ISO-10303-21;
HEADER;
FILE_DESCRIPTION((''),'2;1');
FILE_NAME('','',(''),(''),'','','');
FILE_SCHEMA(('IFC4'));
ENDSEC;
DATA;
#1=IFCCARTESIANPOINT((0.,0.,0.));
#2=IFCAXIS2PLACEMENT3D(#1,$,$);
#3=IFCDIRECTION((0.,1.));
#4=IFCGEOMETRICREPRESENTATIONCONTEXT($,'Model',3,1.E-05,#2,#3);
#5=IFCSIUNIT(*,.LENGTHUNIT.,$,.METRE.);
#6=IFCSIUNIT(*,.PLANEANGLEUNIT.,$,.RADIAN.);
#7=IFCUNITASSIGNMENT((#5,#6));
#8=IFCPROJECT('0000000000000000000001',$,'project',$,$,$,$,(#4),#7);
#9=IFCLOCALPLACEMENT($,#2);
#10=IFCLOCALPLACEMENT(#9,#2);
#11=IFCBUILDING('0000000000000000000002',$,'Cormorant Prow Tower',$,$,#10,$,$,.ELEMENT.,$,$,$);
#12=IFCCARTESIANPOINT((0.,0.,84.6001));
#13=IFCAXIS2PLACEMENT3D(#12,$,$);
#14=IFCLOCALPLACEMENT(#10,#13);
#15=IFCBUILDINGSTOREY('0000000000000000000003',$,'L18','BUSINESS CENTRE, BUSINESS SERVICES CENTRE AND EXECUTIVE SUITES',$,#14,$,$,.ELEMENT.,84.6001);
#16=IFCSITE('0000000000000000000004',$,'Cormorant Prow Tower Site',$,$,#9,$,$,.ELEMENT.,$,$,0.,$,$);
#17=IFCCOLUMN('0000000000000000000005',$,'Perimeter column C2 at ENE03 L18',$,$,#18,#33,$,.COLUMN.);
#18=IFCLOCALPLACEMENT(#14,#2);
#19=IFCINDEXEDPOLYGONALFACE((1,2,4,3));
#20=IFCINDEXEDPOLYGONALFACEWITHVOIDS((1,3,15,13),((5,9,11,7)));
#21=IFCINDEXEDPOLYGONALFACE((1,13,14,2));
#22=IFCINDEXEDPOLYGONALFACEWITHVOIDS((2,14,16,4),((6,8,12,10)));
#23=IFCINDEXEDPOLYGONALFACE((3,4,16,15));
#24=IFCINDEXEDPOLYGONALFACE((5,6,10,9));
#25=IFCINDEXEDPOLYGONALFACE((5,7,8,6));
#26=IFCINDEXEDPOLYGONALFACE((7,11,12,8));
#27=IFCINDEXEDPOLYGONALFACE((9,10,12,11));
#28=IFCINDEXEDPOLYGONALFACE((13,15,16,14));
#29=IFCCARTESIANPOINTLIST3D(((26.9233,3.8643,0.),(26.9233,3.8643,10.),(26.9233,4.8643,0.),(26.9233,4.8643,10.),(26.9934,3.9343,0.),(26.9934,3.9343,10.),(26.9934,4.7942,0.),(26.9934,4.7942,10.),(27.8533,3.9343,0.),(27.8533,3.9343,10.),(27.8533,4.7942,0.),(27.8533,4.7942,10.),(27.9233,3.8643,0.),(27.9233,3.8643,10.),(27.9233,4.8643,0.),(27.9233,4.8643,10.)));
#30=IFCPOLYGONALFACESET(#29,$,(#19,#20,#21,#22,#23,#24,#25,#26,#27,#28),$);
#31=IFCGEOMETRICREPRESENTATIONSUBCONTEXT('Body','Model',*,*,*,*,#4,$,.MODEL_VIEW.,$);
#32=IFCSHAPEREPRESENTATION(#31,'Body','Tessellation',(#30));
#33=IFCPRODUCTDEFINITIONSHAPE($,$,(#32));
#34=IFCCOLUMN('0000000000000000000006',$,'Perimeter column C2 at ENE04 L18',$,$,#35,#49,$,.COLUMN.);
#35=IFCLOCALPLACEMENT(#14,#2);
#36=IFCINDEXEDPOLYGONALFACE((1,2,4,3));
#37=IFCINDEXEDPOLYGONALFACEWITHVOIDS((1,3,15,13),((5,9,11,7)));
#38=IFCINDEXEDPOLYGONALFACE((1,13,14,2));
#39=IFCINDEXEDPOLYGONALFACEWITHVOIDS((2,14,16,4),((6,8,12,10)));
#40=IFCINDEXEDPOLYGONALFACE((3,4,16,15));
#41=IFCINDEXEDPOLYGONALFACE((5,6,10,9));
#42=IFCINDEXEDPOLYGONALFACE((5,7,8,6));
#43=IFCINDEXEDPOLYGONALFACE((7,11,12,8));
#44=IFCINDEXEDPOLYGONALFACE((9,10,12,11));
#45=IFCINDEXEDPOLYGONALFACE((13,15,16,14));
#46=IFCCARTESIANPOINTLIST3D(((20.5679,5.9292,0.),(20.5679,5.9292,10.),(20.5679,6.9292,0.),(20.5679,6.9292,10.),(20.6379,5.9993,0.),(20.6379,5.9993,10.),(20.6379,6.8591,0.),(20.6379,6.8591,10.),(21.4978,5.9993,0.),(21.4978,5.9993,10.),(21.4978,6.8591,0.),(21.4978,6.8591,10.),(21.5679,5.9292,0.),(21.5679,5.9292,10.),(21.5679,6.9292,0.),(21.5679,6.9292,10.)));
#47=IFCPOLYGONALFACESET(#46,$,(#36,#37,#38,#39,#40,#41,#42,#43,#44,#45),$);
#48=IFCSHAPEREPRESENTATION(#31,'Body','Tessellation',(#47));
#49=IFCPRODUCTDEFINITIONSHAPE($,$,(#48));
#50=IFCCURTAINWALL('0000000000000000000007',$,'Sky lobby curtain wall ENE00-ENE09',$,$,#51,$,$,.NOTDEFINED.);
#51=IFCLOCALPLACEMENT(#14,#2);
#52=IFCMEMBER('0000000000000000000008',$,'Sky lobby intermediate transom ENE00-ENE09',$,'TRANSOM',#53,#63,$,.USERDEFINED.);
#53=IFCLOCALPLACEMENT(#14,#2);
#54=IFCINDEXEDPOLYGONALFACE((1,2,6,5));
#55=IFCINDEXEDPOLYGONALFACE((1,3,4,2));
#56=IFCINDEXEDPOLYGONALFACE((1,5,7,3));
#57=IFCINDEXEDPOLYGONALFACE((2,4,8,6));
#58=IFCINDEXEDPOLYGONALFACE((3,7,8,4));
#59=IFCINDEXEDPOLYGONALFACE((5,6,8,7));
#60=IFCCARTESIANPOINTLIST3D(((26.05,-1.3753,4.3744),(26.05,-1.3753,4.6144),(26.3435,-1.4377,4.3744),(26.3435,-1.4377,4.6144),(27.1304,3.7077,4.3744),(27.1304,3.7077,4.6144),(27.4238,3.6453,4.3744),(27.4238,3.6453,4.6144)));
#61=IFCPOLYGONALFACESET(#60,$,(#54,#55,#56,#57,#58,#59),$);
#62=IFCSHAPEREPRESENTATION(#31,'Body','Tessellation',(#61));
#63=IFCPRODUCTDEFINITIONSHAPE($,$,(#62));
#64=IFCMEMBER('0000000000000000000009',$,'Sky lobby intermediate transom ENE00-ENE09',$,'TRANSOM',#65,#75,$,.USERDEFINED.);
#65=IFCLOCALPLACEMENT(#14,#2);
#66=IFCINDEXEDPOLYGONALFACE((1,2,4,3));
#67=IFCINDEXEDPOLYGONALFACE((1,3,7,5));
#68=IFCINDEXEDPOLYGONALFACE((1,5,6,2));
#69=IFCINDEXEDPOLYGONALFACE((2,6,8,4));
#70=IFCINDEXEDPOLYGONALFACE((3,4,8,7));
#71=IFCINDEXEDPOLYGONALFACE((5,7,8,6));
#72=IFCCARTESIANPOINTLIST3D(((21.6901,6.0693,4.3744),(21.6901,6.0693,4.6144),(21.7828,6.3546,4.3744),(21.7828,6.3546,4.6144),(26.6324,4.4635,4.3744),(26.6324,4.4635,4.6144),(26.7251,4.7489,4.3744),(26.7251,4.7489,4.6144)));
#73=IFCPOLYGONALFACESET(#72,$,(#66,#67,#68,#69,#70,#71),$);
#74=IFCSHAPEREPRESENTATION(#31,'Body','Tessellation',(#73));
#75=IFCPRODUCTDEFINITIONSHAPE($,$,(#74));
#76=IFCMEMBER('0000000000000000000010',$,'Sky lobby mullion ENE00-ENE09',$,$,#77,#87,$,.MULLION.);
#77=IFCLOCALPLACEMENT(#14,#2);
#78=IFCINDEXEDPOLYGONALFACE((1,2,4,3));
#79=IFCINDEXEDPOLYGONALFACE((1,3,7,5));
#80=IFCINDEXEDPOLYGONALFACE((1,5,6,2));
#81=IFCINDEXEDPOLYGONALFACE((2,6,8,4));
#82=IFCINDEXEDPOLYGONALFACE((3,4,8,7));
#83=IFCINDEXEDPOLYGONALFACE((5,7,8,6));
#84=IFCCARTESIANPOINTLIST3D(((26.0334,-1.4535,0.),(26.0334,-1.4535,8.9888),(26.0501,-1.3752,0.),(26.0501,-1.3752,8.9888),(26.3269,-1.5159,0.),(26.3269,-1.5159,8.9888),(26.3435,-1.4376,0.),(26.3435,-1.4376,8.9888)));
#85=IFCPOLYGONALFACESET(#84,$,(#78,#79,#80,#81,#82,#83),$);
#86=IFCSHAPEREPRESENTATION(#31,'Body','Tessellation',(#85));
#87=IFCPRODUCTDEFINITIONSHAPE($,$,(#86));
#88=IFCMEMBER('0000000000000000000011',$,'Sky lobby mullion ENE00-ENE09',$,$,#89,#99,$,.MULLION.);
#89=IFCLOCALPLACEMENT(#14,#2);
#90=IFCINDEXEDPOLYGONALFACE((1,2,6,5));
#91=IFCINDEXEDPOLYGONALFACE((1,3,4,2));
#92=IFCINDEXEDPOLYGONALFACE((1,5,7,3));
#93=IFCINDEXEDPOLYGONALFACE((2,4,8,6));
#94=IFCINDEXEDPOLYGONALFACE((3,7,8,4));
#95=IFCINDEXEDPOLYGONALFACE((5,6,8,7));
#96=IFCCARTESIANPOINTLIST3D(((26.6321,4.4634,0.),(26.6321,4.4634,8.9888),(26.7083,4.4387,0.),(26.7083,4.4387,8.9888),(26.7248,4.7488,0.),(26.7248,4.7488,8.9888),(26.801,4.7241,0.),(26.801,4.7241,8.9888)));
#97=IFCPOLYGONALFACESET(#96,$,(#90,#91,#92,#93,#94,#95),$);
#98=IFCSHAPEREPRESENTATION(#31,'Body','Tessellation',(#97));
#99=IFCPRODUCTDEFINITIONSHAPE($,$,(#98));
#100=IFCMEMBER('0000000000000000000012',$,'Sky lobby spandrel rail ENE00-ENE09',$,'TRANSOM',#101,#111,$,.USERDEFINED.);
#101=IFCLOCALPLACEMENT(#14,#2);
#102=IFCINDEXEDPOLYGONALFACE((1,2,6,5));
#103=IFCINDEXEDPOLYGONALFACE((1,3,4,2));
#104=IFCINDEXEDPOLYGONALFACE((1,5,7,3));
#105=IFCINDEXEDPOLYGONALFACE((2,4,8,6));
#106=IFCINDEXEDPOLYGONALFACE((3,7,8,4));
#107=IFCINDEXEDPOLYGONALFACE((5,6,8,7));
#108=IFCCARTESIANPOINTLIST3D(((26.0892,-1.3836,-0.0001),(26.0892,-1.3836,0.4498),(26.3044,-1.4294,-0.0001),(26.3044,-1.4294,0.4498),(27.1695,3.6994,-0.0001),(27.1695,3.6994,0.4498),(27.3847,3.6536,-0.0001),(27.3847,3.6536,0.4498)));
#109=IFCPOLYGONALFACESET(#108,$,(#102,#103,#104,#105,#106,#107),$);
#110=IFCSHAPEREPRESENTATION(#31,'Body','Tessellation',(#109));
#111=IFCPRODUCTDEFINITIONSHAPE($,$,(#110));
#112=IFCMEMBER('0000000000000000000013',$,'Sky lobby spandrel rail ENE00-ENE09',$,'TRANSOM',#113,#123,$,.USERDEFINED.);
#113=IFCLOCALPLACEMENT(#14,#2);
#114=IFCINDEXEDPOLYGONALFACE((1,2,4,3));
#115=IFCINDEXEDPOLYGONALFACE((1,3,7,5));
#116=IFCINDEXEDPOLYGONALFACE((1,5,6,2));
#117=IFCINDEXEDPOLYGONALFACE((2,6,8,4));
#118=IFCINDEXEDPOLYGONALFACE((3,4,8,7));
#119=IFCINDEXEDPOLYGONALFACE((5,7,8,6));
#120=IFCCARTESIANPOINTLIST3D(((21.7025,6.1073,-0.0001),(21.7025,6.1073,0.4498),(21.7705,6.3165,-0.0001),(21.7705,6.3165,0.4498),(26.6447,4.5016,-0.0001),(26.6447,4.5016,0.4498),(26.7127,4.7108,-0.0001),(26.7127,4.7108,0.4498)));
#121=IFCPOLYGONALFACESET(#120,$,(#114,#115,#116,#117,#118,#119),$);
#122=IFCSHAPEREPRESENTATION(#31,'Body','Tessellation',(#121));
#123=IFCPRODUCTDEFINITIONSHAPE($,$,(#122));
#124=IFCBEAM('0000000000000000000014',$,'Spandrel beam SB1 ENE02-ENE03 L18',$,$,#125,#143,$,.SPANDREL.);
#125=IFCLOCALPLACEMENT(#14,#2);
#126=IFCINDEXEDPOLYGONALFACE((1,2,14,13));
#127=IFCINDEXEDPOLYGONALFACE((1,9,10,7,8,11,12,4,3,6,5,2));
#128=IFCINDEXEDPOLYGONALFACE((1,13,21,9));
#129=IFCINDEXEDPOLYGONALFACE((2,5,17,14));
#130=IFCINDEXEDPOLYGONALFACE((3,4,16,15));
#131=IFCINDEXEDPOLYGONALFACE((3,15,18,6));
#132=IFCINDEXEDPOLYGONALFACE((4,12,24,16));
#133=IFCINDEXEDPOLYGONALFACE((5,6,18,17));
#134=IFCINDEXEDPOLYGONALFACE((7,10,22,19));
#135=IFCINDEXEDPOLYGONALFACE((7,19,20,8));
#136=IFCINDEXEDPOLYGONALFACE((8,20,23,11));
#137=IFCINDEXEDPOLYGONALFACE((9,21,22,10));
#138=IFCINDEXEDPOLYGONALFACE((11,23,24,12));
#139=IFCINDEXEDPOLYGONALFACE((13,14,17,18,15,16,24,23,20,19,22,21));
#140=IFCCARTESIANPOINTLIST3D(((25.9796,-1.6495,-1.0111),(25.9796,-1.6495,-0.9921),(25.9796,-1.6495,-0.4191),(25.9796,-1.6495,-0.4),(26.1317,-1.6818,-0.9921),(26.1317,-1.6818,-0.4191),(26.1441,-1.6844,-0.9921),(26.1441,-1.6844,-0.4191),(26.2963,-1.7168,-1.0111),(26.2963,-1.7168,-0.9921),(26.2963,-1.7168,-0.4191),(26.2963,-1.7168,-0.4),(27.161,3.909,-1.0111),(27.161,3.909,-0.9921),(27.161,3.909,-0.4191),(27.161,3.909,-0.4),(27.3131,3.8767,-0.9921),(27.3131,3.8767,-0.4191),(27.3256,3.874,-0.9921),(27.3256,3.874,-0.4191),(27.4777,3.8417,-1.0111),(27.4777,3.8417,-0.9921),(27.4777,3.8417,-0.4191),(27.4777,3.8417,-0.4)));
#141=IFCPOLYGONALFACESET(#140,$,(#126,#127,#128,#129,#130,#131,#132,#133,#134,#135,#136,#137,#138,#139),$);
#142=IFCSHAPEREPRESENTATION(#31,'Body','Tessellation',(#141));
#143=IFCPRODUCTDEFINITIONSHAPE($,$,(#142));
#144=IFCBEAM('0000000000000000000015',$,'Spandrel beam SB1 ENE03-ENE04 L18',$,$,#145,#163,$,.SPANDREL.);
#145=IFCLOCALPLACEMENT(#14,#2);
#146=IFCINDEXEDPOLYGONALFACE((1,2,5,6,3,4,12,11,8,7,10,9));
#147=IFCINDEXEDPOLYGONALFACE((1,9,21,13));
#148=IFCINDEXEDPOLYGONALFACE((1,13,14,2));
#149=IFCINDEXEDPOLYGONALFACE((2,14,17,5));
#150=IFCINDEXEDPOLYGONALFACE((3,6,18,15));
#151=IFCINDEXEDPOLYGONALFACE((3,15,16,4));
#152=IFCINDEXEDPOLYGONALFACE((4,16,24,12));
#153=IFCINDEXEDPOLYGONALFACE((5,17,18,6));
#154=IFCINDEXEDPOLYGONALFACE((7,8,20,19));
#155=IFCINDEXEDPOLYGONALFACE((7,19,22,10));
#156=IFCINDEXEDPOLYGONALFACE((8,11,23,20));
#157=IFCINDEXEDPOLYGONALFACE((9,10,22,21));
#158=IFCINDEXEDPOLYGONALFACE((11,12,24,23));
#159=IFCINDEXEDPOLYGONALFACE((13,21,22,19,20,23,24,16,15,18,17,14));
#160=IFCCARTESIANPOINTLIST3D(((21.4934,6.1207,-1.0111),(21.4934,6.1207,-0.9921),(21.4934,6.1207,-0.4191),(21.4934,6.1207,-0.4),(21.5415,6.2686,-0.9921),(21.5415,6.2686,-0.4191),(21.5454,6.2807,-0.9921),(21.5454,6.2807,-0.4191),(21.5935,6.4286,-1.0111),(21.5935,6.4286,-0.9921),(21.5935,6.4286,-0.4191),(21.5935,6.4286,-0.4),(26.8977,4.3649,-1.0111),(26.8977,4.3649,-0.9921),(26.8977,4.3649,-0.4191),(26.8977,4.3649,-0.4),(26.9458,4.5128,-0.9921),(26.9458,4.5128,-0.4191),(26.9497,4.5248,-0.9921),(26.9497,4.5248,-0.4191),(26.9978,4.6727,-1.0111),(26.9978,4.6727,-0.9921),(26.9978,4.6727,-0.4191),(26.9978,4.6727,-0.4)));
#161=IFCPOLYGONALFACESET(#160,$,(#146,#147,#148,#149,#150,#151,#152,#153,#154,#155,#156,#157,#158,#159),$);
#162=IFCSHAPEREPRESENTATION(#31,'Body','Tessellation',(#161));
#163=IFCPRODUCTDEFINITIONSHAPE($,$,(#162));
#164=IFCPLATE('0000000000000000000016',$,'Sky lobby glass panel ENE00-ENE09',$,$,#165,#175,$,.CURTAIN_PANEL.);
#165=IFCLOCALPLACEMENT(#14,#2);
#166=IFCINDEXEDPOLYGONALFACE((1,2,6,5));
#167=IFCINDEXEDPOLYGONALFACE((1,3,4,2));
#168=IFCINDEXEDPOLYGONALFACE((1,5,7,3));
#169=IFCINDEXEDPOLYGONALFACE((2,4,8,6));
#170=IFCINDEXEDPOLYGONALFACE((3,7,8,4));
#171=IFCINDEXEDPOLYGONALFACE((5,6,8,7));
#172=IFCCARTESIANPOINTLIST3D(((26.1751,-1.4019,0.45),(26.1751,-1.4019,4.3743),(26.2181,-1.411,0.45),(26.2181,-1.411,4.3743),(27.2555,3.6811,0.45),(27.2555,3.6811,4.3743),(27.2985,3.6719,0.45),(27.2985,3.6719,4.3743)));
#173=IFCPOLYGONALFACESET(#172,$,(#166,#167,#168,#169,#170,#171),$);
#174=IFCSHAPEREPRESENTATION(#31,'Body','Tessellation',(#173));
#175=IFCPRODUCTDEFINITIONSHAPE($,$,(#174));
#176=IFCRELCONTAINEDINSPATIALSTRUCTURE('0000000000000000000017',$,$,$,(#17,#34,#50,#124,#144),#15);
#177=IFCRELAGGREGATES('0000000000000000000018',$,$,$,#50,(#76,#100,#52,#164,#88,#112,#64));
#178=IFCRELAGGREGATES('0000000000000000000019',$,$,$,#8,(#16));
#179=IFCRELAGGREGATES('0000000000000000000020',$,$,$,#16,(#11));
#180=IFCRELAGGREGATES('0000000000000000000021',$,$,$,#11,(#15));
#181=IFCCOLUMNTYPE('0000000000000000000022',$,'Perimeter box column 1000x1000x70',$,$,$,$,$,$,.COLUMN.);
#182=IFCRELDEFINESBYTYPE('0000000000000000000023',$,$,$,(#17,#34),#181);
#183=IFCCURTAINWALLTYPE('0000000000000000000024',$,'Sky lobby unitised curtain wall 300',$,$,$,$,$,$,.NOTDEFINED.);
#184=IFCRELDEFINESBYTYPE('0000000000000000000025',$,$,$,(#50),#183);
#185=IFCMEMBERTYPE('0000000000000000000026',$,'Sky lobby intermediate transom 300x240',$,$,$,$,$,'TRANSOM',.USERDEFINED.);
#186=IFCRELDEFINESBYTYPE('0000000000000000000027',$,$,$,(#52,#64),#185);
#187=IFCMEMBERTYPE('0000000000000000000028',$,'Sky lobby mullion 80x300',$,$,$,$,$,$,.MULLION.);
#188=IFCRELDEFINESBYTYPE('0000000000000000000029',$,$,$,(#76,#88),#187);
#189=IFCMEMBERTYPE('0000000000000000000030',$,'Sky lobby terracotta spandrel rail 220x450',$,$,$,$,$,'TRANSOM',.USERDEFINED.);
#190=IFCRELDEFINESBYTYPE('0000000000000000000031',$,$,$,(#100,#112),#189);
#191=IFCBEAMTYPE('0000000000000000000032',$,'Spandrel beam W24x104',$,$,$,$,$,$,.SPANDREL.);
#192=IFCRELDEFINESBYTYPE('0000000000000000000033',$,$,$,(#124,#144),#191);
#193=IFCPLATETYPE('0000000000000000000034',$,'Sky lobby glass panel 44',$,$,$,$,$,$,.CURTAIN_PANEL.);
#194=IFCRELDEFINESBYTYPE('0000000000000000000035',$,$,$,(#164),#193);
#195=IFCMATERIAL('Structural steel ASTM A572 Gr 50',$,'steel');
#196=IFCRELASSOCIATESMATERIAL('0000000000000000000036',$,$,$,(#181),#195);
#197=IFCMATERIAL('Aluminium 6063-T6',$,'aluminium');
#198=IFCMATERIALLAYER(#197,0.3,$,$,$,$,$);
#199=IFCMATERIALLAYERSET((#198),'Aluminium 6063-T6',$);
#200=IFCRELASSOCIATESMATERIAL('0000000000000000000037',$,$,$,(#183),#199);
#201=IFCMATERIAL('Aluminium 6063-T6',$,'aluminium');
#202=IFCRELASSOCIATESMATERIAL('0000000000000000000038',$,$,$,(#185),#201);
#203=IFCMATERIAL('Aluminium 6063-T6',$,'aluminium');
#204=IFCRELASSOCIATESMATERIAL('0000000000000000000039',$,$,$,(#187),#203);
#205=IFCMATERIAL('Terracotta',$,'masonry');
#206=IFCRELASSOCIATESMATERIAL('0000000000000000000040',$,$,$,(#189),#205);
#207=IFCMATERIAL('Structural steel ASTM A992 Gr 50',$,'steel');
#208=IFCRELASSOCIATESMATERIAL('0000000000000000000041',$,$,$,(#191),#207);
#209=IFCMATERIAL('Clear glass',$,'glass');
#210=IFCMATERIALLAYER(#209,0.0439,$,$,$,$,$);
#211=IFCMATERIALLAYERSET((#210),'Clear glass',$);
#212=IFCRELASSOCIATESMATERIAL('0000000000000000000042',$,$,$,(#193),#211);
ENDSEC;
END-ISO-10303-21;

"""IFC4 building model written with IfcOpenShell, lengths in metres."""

from ifc_helpers import new_model, si_unit, direction, frame, origin, origin_2d, place, context, subcontext, project, spatial, rectangle, hollow_rectangle, i_section, extrude, material, layer, layer_set, material_profile, profile_set, type_object, element, aggregate, save


model = new_model("IFC4")

# Units and contexts
model_context = context("Model", 3, precision=1e-05, world=origin(), true_north=direction((0.0, 1.0)))
body_context = subcontext(model_context, "Body", "Model", "MODEL_VIEW")
ifc_project = project(units=[si_unit("LENGTHUNIT", "METRE"), si_unit("PLANEANGLEUNIT", "RADIAN")], contexts=[model_context])

# Site, building, storey
site_placement = place(None, origin())
site = spatial("IfcSite", under=ifc_project, at=site_placement, Name="Cormorant Prow Tower Site", CompositionType="ELEMENT", RefElevation=0.0)
building_placement = place(site_placement, origin())
building = spatial("IfcBuilding", under=site, at=building_placement, Name="Cormorant Prow Tower", CompositionType="ELEMENT")
storey_placement = place(building_placement, frame((0.0, 0.0, 84.6001)))
storey = spatial("IfcBuildingStorey", under=building, at=storey_placement, Name="L18", Description="BUSINESS CENTRE, BUSINESS SERVICES CENTRE AND EXECUTIVE SUITES", CompositionType="ELEMENT", Elevation=84.6001)

# Columns
ifc_material_1 = material(Name="Structural steel ASTM A572 Gr 50", Category="steel")
ifc_material_profile_1 = material_profile(ifc_material_1, hollow_rectangle(XDim=1.0, YDim=1.0, WallThickness=0.0701, at=origin_2d()), Name="Box 1000x1000x70")
ifc_profile_set_1 = profile_set([ifc_material_profile_1], Name="Structural steel ASTM A572 Gr 50")
column_type = type_object("IfcColumnType", Name="Perimeter box column 1000x1000x70", PredefinedType="COLUMN", material=ifc_profile_set_1)
for number, where, z_axis, x_axis, name in (
    (1, (27.4233, 4.3643, 0.0), (0.0, 0.0, 1.0), (1.0, 0.0, 0.0), "Perimeter column C2 at ENE03 L18"),
    (2, (21.0679, 6.4292, 0.0), (0.0, 0.0, 1.0), (1.0, 0.0, 0.0), "Perimeter column C2 at ENE04 L18"),
):
    element("IfcColumn", number, at=place(storey_placement, frame(where, z_axis=z_axis, x_axis=x_axis)), inside=storey, type_object=column_type, Name=name, PredefinedType="COLUMN", context=body_context, shape_type="SweptSolid", body=[
        extrude(hollow_rectangle(XDim=1.0, YDim=1.0, WallThickness=0.0701, at=origin_2d()), origin(), (0.0, 0.0, 1.0), 10.0),
    ])

# Curtain wall, members
ifc_material_2 = material(Name="Aluminium 6063-T6", Category="aluminium")
ifc_layer_1 = layer(ifc_material_2, 0.3)
ifc_layer_set_1 = layer_set([ifc_layer_1], Name="Aluminium 6063-T6")
curtain_wall_type = type_object("IfcCurtainWallType", Name="Sky lobby unitised curtain wall 300", PredefinedType="NOTDEFINED", material=ifc_layer_set_1)
curtain_wall_placement = place(storey_placement, origin())
curtain_wall = element("IfcCurtainWall", 3, at=curtain_wall_placement, inside=storey, type_object=curtain_wall_type, Name="Sky lobby curtain wall ENE00-ENE09", PredefinedType="NOTDEFINED")
ifc_material_3 = material(Name="Aluminium 6063-T6", Category="aluminium")
ifc_material_profile_2 = material_profile(ifc_material_3, rectangle(XDim=0.3, YDim=0.24, at=origin_2d()), Name="Sky lobby intermediate transom 300x240")
ifc_profile_set_2 = profile_set([ifc_material_profile_2], Name="Aluminium 6063-T6")
member_type_1 = type_object("IfcMemberType", Name="Sky lobby intermediate transom 300x240", ElementType="TRANSOM", PredefinedType="USERDEFINED", material=ifc_profile_set_2)
member_1_placement = place(storey_placement, frame((26.1968, -1.4065, 4.4944), z_axis=(0.207892, 0.978152, 0.0), x_axis=(-0.978152, 0.207892, 0.0)))
member_1 = element("IfcMember", 4, at=member_1_placement, type_object=member_type_1, Name="Sky lobby intermediate transom ENE00-ENE09", ObjectType="TRANSOM", PredefinedType="USERDEFINED", context=body_context, shape_type="SweptSolid", body=[
    extrude(rectangle(XDim=0.3, YDim=0.24, at=origin_2d()), origin(), (0.0, 0.0, 1.0), 5.1965),
])
member_2_placement = place(storey_placement, frame((26.6787, 4.6062, 4.4944), z_axis=(-0.951061, 0.309002, 0.0), x_axis=(-0.309002, -0.951061, 0.0)))
member_2 = element("IfcMember", 5, at=member_2_placement, type_object=member_type_1, Name="Sky lobby intermediate transom ENE00-ENE09", ObjectType="TRANSOM", PredefinedType="USERDEFINED", context=body_context, shape_type="SweptSolid", body=[
    extrude(rectangle(XDim=0.3, YDim=0.24, at=origin_2d()), origin(), (0.0, 0.0, 1.0), 5.1965),
])
ifc_material_4 = material(Name="Aluminium 6063-T6", Category="aluminium")
ifc_material_profile_3 = material_profile(ifc_material_4, rectangle(XDim=0.3, YDim=0.0801, at=origin_2d()), Name="Sky lobby mullion 80x300")
ifc_profile_set_3 = profile_set([ifc_material_profile_3], Name="Aluminium 6063-T6")
member_type_2 = type_object("IfcMemberType", Name="Sky lobby mullion 80x300", PredefinedType="MULLION", material=ifc_profile_set_3)
member_3_placement = place(storey_placement, frame((26.1885, -1.4456, 0.0), z_axis=(0.0, 0.0, 1.0), x_axis=(-0.978148, 0.207912, 0.0)))
member_3 = element("IfcMember", 6, at=member_3_placement, type_object=member_type_2, Name="Sky lobby mullion ENE00-ENE09", PredefinedType="MULLION", context=body_context, shape_type="SweptSolid", body=[
    extrude(rectangle(XDim=0.3, YDim=0.0801, at=origin_2d()), origin(), (0.0, 0.0, 1.0), 8.9888),
])
member_4_placement = place(storey_placement, frame((26.7166, 4.5938, 0.0), z_axis=(0.0, 0.0, 1.0), x_axis=(-0.309017, -0.951057, 0.0)))
member_4 = element("IfcMember", 7, at=member_4_placement, type_object=member_type_2, Name="Sky lobby mullion ENE00-ENE09", PredefinedType="MULLION", context=body_context, shape_type="SweptSolid", body=[
    extrude(rectangle(XDim=0.3, YDim=0.0801, at=origin_2d()), origin(), (0.0, 0.0, 1.0), 8.9888),
])
ifc_material_5 = material(Name="Terracotta", Category="masonry")
ifc_material_profile_4 = material_profile(ifc_material_5, rectangle(XDim=0.22, YDim=0.45, at=origin_2d()), Name="Sky lobby terracotta spandrel rail 220x450")
ifc_profile_set_4 = profile_set([ifc_material_profile_4], Name="Terracotta")
member_type_3 = type_object("IfcMemberType", Name="Sky lobby terracotta spandrel rail 220x450", ElementType="TRANSOM", PredefinedType="USERDEFINED", material=ifc_profile_set_4)
member_5_placement = place(storey_placement, frame((26.1968, -1.4065, 0.2249), z_axis=(0.207892, 0.978152, 0.0), x_axis=(-0.978152, 0.207892, 0.0)))
member_5 = element("IfcMember", 8, at=member_5_placement, type_object=member_type_3, Name="Sky lobby spandrel rail ENE00-ENE09", ObjectType="TRANSOM", PredefinedType="USERDEFINED", context=body_context, shape_type="SweptSolid", body=[
    extrude(rectangle(XDim=0.22, YDim=0.45, at=origin_2d()), origin(), (0.0, 0.0, 1.0), 5.1965),
])
member_6_placement = place(storey_placement, frame((26.6787, 4.6062, 0.2249), z_axis=(-0.951061, 0.309002, 0.0), x_axis=(-0.309002, -0.951061, 0.0)))
member_6 = element("IfcMember", 9, at=member_6_placement, type_object=member_type_3, Name="Sky lobby spandrel rail ENE00-ENE09", ObjectType="TRANSOM", PredefinedType="USERDEFINED", context=body_context, shape_type="SweptSolid", body=[
    extrude(rectangle(XDim=0.22, YDim=0.45, at=origin_2d()), origin(), (0.0, 0.0, 1.0), 5.1965),
])

# Beams
ifc_material_6 = material(Name="Structural steel ASTM A992 Gr 50", Category="steel")
ifc_material_profile_5 = material_profile(ifc_material_6, i_section(OverallWidth=0.3237, OverallDepth=0.6111, WebThickness=0.0127, FlangeThickness=0.019, at=origin_2d()), Name="W24x104")
ifc_profile_set_5 = profile_set([ifc_material_profile_5], Name="Structural steel ASTM A992 Gr 50")
beam_type = type_object("IfcBeamType", Name="Spandrel beam W24x104", PredefinedType="SPANDREL", material=ifc_profile_set_5)
beam_1_placement = place(storey_placement, frame((26.1379, -1.6831, -0.7056), z_axis=(0.2079, 0.97815, 0.0), x_axis=(-0.97815, 0.2079, 0.0)))
element("IfcBeam", 10, at=beam_1_placement, inside=storey, type_object=beam_type, Name="Spandrel beam SB1 ENE02-ENE03 L18", PredefinedType="SPANDREL", context=body_context, shape_type="SweptSolid", body=[
    extrude(i_section(OverallWidth=0.3237, OverallDepth=0.6111, WebThickness=0.0127, FlangeThickness=0.019, at=origin_2d()), origin(), (0.0, 0.0, 1.0), 5.6826),
])
beam_2_placement = place(storey_placement, frame((26.9478, 4.5188, -0.7056), z_axis=(-0.951062, 0.309001, 0.0), x_axis=(-0.309001, -0.951062, 0.0)))
element("IfcBeam", 11, at=beam_2_placement, inside=storey, type_object=beam_type, Name="Spandrel beam SB1 ENE03-ENE04 L18", PredefinedType="SPANDREL", context=body_context, shape_type="SweptSolid", body=[
    extrude(i_section(OverallWidth=0.3237, OverallDepth=0.6111, WebThickness=0.0127, FlangeThickness=0.019, at=origin_2d()), origin(), (0.0, 0.0, 1.0), 5.6824),
])

# Plate
ifc_material_7 = material(Name="Clear glass", Category="glass")
ifc_layer_2 = layer(ifc_material_7, 0.0439)
ifc_layer_set_2 = layer_set([ifc_layer_2], Name="Clear glass")
plate_type = type_object("IfcPlateType", Name="Sky lobby glass panel 44", PredefinedType="CURTAIN_PANEL", material=ifc_layer_set_2)
plate_1_placement = place(storey_placement, frame((26.7368, 1.135, 0.45), z_axis=(0.0, 0.0, 1.0), x_axis=(0.207912, 0.978148, 0.0)))
plate_1 = element("IfcPlate", 12, at=plate_1_placement, type_object=plate_type, Name="Sky lobby glass panel ENE00-ENE09", PredefinedType="CURTAIN_PANEL", context=body_context, shape_type="SweptSolid", body=[
    extrude(rectangle(XDim=5.1965, YDim=0.0439, at=origin_2d()), origin(), (0.0, 0.0, 1.0), 3.9243),
])
aggregate(curtain_wall, [member_3, member_5, member_1, plate_1, member_4, member_6, member_2])

save(model, "model.ifc")
